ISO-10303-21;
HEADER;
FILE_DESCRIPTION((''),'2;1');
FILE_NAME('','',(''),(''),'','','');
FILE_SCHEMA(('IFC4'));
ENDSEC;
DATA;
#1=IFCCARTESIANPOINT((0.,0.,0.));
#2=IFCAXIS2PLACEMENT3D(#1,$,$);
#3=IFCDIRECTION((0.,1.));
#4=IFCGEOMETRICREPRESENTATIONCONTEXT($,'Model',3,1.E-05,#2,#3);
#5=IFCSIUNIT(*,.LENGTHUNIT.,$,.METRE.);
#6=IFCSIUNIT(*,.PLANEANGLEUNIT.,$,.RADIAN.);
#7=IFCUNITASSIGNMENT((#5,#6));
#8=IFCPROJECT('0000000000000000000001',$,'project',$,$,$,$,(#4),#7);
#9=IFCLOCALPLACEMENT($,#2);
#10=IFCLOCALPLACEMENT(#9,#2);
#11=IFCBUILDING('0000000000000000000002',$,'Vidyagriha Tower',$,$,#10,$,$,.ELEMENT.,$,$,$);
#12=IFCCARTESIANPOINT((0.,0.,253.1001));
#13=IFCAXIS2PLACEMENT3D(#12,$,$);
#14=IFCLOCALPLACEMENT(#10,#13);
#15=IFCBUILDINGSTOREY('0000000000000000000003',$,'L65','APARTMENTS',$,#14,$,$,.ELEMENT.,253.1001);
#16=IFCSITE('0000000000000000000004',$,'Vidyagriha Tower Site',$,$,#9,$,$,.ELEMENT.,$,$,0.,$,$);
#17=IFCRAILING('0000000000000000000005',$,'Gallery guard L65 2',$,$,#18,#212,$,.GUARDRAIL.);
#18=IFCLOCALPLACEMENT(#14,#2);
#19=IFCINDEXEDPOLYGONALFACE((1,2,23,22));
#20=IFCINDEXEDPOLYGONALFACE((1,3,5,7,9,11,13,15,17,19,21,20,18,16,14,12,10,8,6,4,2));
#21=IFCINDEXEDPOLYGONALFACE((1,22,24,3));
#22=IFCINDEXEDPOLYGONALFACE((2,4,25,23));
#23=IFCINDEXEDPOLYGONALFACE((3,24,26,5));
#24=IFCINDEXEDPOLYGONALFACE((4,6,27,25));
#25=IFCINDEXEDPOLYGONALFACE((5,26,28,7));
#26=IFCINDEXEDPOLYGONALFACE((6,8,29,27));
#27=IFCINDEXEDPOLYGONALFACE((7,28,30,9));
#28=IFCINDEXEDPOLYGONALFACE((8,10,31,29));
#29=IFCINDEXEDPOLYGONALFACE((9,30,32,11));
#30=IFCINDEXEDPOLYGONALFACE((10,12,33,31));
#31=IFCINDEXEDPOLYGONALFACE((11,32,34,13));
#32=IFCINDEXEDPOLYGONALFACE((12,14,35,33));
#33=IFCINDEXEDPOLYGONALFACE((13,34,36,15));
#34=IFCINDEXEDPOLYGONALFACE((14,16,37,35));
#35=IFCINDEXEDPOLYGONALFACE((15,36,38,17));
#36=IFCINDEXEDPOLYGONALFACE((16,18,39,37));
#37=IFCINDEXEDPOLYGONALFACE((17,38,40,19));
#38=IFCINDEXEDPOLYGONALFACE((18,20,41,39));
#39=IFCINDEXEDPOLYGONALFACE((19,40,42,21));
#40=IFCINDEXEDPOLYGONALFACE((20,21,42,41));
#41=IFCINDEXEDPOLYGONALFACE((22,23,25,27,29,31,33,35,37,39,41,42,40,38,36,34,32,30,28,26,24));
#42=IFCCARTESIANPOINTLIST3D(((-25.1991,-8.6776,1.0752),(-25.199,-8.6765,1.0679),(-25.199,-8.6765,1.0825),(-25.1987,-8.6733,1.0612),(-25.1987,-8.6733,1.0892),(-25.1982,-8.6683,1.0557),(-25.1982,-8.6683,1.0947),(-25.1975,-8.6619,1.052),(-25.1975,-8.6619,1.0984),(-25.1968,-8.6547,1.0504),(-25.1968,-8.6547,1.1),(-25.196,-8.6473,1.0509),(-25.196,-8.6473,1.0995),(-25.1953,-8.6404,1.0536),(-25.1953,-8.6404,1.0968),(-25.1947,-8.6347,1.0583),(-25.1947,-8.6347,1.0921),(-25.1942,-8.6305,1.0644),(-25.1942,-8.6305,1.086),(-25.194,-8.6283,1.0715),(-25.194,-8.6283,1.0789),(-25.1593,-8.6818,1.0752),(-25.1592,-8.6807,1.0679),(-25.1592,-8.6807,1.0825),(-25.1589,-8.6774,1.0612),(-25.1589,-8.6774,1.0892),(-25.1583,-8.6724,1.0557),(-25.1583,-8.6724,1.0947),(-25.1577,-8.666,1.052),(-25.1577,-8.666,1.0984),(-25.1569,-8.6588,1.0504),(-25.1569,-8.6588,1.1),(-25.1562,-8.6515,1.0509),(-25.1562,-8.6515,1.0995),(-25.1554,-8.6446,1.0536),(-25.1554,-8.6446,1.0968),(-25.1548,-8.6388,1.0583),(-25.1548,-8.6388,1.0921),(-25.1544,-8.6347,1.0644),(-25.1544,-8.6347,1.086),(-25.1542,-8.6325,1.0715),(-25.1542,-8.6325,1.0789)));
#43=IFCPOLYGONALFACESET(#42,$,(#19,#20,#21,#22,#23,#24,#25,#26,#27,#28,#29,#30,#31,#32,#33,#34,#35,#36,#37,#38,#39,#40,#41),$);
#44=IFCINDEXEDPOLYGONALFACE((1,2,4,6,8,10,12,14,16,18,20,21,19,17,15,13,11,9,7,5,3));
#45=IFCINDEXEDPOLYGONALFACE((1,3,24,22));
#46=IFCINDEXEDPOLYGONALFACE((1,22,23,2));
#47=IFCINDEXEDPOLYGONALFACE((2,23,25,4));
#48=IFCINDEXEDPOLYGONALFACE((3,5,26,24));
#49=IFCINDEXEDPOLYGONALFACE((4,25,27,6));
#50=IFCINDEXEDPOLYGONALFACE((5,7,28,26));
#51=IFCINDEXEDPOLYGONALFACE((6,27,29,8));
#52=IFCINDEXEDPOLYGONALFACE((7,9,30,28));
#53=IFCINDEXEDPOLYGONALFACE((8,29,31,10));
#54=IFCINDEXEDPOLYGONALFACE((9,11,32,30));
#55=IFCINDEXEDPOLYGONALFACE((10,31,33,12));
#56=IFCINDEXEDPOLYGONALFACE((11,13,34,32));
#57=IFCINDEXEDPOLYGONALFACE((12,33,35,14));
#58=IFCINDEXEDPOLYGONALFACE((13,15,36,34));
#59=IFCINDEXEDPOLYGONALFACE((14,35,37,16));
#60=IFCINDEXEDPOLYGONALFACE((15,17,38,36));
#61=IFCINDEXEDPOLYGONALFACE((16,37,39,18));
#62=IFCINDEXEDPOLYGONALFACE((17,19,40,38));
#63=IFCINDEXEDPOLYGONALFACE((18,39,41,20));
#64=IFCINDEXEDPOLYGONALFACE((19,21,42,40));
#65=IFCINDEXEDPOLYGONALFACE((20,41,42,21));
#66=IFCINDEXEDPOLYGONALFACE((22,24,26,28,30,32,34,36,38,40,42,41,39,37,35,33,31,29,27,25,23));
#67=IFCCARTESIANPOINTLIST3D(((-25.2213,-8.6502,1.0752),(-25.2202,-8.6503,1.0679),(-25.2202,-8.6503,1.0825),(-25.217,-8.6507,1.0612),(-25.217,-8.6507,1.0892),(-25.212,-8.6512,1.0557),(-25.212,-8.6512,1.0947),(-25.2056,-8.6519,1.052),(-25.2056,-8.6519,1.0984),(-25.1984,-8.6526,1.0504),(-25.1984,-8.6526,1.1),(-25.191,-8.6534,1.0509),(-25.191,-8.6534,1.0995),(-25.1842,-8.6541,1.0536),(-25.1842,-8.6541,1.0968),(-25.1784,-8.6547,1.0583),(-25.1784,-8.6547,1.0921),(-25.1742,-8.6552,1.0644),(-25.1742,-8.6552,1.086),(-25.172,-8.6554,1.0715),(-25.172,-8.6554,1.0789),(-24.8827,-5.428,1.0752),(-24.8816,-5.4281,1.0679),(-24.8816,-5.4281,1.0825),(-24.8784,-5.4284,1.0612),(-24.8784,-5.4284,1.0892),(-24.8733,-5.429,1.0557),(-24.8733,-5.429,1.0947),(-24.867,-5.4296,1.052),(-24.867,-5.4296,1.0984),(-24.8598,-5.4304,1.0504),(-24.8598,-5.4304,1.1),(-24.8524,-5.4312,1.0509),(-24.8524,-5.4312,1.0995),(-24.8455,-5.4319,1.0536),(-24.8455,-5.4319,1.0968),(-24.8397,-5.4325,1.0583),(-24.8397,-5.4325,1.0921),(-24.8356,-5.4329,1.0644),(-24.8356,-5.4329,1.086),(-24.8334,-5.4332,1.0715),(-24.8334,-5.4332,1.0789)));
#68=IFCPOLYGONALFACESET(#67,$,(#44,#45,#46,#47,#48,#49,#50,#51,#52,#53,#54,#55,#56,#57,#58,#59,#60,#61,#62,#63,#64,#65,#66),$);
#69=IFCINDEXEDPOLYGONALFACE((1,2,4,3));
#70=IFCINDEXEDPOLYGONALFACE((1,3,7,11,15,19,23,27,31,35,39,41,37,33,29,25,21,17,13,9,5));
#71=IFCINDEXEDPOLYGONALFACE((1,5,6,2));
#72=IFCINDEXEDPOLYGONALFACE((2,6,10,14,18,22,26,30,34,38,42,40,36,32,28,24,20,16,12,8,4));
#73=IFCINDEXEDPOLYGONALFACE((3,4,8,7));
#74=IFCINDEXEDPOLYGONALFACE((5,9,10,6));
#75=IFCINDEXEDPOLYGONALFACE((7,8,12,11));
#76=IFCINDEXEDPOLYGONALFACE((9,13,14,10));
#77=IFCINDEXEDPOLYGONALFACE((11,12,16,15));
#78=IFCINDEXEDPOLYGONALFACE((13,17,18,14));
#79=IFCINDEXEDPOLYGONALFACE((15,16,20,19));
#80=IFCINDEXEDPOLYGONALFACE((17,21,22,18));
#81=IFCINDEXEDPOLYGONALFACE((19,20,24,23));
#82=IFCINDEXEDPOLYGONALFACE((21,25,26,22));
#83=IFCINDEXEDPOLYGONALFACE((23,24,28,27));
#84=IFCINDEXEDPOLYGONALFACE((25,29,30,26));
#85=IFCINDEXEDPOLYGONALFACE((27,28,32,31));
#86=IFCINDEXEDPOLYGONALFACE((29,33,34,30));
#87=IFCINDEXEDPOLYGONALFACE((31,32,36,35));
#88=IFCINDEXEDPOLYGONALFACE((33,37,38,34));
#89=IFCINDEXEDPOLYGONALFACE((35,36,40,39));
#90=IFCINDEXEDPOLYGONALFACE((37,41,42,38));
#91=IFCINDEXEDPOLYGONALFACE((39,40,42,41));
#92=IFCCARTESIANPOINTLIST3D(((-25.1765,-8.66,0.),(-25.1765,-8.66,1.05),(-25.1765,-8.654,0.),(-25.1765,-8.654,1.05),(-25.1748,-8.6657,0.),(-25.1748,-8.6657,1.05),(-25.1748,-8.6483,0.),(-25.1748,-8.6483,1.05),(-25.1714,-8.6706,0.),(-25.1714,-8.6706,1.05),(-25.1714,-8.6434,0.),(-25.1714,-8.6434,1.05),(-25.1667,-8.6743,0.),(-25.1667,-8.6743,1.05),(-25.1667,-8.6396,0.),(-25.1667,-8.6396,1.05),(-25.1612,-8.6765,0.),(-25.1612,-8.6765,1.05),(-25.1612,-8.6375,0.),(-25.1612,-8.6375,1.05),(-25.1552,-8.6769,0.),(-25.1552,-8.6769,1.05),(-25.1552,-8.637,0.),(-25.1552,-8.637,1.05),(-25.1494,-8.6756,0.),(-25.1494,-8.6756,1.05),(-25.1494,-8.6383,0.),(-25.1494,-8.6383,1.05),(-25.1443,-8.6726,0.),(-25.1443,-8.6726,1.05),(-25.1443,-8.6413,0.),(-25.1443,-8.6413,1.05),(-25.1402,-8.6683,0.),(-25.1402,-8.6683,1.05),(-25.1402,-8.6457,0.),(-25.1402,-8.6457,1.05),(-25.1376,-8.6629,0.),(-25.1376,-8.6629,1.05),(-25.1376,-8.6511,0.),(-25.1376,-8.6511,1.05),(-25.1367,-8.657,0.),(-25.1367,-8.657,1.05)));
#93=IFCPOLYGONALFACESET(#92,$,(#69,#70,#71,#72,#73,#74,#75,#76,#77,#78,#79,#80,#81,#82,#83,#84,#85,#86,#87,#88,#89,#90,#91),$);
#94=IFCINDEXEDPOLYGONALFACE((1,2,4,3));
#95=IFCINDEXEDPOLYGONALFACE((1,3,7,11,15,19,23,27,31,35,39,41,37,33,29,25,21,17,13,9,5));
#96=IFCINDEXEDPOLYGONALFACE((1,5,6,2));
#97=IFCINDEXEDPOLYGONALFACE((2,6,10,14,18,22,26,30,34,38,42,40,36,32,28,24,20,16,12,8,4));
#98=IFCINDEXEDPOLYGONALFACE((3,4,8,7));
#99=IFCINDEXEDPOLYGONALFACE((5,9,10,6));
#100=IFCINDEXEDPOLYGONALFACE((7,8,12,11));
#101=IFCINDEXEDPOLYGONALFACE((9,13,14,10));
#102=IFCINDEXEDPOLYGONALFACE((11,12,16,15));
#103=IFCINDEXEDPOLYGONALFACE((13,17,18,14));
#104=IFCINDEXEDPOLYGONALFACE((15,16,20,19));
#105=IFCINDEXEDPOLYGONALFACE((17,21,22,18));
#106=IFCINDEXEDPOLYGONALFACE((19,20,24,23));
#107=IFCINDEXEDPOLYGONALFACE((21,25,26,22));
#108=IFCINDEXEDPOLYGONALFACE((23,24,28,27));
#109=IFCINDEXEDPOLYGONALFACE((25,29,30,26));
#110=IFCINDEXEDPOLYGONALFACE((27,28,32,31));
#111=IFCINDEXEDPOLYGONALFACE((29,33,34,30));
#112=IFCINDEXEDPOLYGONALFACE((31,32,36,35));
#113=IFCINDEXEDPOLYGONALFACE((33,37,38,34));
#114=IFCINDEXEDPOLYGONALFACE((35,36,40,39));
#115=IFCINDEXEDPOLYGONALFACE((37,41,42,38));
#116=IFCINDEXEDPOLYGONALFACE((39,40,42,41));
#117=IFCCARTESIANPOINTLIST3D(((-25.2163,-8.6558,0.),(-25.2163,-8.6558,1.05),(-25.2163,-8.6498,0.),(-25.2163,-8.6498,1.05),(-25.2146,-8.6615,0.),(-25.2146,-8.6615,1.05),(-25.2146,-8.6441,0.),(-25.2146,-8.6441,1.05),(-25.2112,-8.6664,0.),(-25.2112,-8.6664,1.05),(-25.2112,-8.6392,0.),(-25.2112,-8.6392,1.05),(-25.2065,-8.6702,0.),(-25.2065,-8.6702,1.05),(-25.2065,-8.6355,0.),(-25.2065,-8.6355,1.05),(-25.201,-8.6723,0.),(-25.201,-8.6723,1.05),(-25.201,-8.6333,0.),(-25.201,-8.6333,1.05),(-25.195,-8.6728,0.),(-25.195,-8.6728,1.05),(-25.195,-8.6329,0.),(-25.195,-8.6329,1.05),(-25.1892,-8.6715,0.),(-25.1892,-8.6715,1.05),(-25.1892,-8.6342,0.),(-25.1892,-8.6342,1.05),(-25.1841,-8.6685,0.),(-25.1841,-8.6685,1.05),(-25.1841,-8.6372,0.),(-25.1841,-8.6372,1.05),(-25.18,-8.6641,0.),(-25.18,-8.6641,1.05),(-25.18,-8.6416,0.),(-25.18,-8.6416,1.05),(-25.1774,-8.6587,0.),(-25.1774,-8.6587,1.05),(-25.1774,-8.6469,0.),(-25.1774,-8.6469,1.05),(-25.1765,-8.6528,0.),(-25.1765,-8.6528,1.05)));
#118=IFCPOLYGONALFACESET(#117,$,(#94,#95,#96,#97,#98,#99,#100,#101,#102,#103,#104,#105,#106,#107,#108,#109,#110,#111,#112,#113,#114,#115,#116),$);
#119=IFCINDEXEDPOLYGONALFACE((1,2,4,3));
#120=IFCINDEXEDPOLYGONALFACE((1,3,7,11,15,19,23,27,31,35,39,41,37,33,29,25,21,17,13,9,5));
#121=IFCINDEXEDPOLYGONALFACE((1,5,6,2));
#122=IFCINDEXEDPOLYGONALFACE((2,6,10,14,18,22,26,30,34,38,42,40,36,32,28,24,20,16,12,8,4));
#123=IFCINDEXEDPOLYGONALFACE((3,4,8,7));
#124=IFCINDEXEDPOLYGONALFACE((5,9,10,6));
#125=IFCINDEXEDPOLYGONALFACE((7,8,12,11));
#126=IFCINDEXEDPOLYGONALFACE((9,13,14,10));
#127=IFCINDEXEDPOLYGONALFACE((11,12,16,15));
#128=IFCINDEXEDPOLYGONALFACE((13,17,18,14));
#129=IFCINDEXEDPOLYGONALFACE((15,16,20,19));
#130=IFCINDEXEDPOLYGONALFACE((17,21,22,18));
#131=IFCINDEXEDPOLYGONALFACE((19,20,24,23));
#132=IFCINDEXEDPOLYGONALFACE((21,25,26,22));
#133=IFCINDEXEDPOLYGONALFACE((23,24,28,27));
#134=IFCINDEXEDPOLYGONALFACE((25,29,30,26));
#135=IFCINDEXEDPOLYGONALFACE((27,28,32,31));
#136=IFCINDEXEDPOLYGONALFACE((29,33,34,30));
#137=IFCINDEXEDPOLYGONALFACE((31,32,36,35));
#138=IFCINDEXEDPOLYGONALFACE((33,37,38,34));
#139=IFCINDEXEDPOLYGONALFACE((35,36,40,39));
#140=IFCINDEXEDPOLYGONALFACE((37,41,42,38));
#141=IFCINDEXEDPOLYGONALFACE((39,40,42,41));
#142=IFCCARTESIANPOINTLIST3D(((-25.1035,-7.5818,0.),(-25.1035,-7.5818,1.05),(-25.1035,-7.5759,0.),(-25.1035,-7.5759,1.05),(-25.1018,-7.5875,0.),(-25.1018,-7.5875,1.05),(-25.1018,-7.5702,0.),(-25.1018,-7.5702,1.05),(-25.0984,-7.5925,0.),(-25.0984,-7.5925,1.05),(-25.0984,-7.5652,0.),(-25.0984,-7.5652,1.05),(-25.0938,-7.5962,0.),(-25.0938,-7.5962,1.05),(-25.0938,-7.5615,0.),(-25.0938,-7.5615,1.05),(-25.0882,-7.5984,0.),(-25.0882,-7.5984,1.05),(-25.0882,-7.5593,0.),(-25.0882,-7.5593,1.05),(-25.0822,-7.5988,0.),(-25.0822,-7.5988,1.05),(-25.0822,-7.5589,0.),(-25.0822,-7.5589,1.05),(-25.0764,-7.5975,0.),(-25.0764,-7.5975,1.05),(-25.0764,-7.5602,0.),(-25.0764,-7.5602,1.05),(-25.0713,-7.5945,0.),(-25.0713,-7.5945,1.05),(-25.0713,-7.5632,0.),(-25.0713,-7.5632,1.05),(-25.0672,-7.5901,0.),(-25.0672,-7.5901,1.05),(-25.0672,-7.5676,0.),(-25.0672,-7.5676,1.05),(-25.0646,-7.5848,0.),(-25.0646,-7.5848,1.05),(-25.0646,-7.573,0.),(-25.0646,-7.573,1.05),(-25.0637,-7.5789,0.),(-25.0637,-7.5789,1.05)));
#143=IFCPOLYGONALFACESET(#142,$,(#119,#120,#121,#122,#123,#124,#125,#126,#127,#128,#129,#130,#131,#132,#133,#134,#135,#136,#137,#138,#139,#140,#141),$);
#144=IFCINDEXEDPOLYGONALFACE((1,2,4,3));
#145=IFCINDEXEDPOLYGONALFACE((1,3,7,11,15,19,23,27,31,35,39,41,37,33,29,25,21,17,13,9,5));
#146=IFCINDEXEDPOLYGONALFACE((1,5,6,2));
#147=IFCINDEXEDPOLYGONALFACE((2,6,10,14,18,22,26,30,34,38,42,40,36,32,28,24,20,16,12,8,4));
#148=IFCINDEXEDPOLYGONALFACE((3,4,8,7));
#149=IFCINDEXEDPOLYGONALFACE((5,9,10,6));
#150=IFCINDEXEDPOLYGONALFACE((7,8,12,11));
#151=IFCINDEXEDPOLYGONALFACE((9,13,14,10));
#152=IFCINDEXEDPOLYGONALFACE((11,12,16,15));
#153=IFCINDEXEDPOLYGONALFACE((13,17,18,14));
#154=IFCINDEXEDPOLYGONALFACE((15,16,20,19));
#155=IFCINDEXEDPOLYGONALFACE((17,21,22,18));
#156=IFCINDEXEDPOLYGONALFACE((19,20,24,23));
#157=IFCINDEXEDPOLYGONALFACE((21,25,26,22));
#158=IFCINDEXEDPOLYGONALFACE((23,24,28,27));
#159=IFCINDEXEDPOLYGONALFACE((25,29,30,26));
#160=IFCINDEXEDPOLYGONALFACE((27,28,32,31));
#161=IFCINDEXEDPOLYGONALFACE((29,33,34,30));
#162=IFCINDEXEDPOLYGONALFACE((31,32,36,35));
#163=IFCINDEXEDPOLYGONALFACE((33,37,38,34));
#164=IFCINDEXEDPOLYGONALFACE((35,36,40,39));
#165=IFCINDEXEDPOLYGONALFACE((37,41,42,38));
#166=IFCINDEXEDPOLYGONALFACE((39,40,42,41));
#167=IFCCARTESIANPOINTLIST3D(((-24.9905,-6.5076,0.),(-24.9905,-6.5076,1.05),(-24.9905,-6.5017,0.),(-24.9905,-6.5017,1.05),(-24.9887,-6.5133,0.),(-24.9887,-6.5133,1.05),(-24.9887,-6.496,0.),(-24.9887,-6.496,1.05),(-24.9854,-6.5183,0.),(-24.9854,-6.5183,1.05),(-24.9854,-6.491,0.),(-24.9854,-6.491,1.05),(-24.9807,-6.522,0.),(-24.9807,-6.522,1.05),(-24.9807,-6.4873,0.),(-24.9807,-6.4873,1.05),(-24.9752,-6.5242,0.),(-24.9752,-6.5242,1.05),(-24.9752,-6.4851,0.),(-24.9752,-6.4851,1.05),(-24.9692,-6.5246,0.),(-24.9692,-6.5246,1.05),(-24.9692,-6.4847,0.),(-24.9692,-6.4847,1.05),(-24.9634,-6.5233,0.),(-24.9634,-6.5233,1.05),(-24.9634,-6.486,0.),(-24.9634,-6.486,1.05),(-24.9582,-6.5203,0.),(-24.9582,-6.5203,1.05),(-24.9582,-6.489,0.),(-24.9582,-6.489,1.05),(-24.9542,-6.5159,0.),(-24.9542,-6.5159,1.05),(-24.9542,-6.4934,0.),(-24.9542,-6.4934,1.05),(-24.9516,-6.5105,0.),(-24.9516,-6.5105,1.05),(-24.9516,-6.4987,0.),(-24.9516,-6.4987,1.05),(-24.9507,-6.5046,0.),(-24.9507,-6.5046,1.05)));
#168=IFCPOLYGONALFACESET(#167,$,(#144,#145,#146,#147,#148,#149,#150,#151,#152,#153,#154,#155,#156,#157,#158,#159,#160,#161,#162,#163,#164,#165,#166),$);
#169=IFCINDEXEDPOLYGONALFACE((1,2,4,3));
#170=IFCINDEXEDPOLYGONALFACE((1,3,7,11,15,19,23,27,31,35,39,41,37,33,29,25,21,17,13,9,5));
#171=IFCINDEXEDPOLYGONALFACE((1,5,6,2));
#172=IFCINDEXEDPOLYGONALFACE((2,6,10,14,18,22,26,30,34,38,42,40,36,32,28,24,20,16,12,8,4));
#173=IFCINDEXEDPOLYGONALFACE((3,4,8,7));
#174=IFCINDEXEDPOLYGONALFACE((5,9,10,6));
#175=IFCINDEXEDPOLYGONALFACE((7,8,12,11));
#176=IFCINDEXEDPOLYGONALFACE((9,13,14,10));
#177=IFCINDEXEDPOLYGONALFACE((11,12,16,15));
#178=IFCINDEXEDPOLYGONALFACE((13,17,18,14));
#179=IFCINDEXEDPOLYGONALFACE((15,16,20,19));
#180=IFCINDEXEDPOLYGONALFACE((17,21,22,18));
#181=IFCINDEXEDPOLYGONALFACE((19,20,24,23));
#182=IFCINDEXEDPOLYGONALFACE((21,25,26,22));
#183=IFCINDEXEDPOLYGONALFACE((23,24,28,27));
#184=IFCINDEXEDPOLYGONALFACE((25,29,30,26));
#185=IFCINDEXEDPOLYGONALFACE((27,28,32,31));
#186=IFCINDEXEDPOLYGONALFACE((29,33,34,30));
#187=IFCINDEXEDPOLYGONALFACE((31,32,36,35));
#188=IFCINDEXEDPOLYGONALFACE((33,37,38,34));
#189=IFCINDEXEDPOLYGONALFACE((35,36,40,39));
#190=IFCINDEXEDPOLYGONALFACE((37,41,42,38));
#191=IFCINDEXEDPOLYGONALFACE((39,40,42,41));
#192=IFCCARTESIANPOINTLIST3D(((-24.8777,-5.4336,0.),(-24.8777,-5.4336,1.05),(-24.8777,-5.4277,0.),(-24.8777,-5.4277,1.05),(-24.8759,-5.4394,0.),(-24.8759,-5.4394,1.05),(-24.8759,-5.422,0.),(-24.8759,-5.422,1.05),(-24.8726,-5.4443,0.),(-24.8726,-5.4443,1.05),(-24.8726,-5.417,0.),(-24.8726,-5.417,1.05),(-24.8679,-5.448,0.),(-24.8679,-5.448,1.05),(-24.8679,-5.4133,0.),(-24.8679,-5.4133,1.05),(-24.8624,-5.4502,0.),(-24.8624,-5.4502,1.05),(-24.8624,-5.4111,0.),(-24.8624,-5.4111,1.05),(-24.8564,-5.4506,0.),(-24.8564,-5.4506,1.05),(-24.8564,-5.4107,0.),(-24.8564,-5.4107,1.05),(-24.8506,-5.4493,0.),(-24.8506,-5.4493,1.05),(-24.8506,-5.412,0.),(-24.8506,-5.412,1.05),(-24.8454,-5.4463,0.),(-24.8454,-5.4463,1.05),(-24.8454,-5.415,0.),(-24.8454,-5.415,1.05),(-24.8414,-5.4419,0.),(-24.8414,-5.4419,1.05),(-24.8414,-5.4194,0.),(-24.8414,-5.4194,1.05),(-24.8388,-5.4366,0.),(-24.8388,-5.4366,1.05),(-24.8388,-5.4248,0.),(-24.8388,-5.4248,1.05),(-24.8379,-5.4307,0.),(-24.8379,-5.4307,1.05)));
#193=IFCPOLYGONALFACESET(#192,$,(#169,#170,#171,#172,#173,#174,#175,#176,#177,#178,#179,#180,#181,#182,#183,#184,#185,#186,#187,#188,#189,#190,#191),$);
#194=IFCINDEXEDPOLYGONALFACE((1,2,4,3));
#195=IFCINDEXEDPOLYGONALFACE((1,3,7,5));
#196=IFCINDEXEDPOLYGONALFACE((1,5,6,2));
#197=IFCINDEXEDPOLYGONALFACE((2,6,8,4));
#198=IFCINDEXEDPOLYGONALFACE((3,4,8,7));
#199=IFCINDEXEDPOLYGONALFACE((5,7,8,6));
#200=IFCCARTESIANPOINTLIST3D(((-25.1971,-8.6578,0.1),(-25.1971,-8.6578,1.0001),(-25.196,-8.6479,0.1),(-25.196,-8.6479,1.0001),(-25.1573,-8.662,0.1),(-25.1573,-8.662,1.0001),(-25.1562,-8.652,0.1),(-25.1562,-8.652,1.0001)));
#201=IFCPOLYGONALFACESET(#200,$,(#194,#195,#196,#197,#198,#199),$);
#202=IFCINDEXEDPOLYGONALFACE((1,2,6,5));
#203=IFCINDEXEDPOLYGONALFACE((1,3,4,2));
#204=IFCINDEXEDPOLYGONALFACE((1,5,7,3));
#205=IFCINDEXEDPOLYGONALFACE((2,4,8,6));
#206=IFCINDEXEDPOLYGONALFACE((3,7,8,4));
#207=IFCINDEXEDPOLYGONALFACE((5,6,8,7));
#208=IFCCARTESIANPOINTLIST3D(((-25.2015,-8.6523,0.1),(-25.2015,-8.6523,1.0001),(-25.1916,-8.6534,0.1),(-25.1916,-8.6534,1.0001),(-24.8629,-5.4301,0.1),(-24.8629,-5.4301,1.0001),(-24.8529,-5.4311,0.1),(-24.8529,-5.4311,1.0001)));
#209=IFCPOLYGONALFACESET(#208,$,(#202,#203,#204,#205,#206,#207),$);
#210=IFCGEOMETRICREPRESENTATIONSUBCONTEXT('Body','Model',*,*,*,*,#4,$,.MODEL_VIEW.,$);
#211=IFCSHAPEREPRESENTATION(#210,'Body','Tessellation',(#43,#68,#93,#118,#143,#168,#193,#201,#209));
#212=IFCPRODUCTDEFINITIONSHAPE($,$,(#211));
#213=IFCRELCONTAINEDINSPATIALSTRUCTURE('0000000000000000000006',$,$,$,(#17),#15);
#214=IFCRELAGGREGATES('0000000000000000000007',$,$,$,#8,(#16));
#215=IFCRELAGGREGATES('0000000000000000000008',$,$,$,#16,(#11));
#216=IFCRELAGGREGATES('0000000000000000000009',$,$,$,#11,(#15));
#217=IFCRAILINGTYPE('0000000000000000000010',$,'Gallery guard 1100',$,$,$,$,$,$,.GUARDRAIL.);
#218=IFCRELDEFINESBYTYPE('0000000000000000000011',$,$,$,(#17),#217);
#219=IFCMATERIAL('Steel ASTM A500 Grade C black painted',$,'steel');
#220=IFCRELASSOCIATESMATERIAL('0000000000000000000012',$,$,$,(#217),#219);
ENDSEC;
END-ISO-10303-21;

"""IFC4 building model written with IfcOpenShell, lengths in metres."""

from ifc_helpers import new_model, si_unit, direction, frame, origin, origin_2d, place, context, subcontext, project, spatial, rectangle, circle, extrude, material, type_object, element, save


model = new_model("IFC4")

# Units and contexts
model_context = context("Model", 3, precision=1e-05, world=origin(), true_north=direction((0.0, 1.0)))
body_context = subcontext(model_context, "Body", "Model", "MODEL_VIEW")
ifc_project = project(units=[si_unit("LENGTHUNIT", "METRE"), si_unit("PLANEANGLEUNIT", "RADIAN")], contexts=[model_context])

# Site, building, storey
site_placement = place(None, origin())
site = spatial("IfcSite", under=ifc_project, at=site_placement, Name="Vidyagriha Tower Site", CompositionType="ELEMENT", RefElevation=0.0)
building_placement = place(site_placement, origin())
building = spatial("IfcBuilding", under=site, at=building_placement, Name="Vidyagriha Tower", CompositionType="ELEMENT")
storey_placement = place(building_placement, frame((0.0, 0.0, 253.1001)))
storey = spatial("IfcBuildingStorey", under=building, at=storey_placement, Name="L65", Description="APARTMENTS", CompositionType="ELEMENT", Elevation=253.1001)

# Railing
ifc_material_1 = material(Name="Steel ASTM A500 Grade C black painted", Category="steel")
railing_type_1 = type_object("IfcRailingType", Name="Gallery guard 1100", PredefinedType="GUARDRAIL", material=ifc_material_1)
railing_1_placement = place(storey_placement, frame((-25.1567, -8.657, 0.0)))
element("IfcRailing", 1, at=railing_1_placement, inside=storey, type_object=railing_type_1, Name="Gallery guard L65 2", PredefinedType="GUARDRAIL", context=body_context, shape_type="SweptSolid", body=[
    extrude(circle(Radius=0.0249, at=origin_2d()), frame((0.0, 0.0, 1.0752), z_axis=(-0.994605, 0.103732, 0.0), x_axis=(-0.103732, -0.994605, 0.0)), (0.0, 0.0, 1.0), 0.04),
    extrude(circle(Radius=0.0249, at=origin_2d()), frame((-0.0398, 0.0042, 1.0752), z_axis=(0.104516, 0.994523, 0.0), x_axis=(-0.994523, 0.104516, 0.0)), (0.0, 0.0, 1.0), 3.24),
    extrude(circle(Radius=0.02, at=origin_2d()), origin(), (0.0, 0.0, 1.0), 1.05),
    extrude(circle(Radius=0.02, at=origin_2d()), frame((-0.0398, 0.0042, 0.0)), (0.0, 0.0, 1.0), 1.05),
    extrude(circle(Radius=0.02, at=origin_2d()), frame((0.073, 1.0781, 0.0)), (0.0, 0.0, 1.0), 1.05),
    extrude(circle(Radius=0.02, at=origin_2d()), frame((0.186, 2.1523, 0.0)), (0.0, 0.0, 1.0), 1.05),
    extrude(circle(Radius=0.02, at=origin_2d()), frame((0.2988, 3.2263, 0.0)), (0.0, 0.0, 1.0), 1.05),
    extrude(rectangle(XDim=0.01, YDim=0.9001, at=origin_2d()), frame((0.0, 0.0, 0.55), z_axis=(-0.994605, 0.103732, 0.0), x_axis=(-0.103732, -0.994605, 0.0)), (0.0, 0.0, 1.0), 0.04),
    extrude(rectangle(XDim=0.01, YDim=0.9001, at=origin_2d()), frame((-0.0398, 0.0042, 0.55), z_axis=(0.104516, 0.994523, 0.0), x_axis=(-0.994523, 0.104516, 0.0)), (0.0, 0.0, 1.0), 3.24),
])

save(model, "model.ifc")
